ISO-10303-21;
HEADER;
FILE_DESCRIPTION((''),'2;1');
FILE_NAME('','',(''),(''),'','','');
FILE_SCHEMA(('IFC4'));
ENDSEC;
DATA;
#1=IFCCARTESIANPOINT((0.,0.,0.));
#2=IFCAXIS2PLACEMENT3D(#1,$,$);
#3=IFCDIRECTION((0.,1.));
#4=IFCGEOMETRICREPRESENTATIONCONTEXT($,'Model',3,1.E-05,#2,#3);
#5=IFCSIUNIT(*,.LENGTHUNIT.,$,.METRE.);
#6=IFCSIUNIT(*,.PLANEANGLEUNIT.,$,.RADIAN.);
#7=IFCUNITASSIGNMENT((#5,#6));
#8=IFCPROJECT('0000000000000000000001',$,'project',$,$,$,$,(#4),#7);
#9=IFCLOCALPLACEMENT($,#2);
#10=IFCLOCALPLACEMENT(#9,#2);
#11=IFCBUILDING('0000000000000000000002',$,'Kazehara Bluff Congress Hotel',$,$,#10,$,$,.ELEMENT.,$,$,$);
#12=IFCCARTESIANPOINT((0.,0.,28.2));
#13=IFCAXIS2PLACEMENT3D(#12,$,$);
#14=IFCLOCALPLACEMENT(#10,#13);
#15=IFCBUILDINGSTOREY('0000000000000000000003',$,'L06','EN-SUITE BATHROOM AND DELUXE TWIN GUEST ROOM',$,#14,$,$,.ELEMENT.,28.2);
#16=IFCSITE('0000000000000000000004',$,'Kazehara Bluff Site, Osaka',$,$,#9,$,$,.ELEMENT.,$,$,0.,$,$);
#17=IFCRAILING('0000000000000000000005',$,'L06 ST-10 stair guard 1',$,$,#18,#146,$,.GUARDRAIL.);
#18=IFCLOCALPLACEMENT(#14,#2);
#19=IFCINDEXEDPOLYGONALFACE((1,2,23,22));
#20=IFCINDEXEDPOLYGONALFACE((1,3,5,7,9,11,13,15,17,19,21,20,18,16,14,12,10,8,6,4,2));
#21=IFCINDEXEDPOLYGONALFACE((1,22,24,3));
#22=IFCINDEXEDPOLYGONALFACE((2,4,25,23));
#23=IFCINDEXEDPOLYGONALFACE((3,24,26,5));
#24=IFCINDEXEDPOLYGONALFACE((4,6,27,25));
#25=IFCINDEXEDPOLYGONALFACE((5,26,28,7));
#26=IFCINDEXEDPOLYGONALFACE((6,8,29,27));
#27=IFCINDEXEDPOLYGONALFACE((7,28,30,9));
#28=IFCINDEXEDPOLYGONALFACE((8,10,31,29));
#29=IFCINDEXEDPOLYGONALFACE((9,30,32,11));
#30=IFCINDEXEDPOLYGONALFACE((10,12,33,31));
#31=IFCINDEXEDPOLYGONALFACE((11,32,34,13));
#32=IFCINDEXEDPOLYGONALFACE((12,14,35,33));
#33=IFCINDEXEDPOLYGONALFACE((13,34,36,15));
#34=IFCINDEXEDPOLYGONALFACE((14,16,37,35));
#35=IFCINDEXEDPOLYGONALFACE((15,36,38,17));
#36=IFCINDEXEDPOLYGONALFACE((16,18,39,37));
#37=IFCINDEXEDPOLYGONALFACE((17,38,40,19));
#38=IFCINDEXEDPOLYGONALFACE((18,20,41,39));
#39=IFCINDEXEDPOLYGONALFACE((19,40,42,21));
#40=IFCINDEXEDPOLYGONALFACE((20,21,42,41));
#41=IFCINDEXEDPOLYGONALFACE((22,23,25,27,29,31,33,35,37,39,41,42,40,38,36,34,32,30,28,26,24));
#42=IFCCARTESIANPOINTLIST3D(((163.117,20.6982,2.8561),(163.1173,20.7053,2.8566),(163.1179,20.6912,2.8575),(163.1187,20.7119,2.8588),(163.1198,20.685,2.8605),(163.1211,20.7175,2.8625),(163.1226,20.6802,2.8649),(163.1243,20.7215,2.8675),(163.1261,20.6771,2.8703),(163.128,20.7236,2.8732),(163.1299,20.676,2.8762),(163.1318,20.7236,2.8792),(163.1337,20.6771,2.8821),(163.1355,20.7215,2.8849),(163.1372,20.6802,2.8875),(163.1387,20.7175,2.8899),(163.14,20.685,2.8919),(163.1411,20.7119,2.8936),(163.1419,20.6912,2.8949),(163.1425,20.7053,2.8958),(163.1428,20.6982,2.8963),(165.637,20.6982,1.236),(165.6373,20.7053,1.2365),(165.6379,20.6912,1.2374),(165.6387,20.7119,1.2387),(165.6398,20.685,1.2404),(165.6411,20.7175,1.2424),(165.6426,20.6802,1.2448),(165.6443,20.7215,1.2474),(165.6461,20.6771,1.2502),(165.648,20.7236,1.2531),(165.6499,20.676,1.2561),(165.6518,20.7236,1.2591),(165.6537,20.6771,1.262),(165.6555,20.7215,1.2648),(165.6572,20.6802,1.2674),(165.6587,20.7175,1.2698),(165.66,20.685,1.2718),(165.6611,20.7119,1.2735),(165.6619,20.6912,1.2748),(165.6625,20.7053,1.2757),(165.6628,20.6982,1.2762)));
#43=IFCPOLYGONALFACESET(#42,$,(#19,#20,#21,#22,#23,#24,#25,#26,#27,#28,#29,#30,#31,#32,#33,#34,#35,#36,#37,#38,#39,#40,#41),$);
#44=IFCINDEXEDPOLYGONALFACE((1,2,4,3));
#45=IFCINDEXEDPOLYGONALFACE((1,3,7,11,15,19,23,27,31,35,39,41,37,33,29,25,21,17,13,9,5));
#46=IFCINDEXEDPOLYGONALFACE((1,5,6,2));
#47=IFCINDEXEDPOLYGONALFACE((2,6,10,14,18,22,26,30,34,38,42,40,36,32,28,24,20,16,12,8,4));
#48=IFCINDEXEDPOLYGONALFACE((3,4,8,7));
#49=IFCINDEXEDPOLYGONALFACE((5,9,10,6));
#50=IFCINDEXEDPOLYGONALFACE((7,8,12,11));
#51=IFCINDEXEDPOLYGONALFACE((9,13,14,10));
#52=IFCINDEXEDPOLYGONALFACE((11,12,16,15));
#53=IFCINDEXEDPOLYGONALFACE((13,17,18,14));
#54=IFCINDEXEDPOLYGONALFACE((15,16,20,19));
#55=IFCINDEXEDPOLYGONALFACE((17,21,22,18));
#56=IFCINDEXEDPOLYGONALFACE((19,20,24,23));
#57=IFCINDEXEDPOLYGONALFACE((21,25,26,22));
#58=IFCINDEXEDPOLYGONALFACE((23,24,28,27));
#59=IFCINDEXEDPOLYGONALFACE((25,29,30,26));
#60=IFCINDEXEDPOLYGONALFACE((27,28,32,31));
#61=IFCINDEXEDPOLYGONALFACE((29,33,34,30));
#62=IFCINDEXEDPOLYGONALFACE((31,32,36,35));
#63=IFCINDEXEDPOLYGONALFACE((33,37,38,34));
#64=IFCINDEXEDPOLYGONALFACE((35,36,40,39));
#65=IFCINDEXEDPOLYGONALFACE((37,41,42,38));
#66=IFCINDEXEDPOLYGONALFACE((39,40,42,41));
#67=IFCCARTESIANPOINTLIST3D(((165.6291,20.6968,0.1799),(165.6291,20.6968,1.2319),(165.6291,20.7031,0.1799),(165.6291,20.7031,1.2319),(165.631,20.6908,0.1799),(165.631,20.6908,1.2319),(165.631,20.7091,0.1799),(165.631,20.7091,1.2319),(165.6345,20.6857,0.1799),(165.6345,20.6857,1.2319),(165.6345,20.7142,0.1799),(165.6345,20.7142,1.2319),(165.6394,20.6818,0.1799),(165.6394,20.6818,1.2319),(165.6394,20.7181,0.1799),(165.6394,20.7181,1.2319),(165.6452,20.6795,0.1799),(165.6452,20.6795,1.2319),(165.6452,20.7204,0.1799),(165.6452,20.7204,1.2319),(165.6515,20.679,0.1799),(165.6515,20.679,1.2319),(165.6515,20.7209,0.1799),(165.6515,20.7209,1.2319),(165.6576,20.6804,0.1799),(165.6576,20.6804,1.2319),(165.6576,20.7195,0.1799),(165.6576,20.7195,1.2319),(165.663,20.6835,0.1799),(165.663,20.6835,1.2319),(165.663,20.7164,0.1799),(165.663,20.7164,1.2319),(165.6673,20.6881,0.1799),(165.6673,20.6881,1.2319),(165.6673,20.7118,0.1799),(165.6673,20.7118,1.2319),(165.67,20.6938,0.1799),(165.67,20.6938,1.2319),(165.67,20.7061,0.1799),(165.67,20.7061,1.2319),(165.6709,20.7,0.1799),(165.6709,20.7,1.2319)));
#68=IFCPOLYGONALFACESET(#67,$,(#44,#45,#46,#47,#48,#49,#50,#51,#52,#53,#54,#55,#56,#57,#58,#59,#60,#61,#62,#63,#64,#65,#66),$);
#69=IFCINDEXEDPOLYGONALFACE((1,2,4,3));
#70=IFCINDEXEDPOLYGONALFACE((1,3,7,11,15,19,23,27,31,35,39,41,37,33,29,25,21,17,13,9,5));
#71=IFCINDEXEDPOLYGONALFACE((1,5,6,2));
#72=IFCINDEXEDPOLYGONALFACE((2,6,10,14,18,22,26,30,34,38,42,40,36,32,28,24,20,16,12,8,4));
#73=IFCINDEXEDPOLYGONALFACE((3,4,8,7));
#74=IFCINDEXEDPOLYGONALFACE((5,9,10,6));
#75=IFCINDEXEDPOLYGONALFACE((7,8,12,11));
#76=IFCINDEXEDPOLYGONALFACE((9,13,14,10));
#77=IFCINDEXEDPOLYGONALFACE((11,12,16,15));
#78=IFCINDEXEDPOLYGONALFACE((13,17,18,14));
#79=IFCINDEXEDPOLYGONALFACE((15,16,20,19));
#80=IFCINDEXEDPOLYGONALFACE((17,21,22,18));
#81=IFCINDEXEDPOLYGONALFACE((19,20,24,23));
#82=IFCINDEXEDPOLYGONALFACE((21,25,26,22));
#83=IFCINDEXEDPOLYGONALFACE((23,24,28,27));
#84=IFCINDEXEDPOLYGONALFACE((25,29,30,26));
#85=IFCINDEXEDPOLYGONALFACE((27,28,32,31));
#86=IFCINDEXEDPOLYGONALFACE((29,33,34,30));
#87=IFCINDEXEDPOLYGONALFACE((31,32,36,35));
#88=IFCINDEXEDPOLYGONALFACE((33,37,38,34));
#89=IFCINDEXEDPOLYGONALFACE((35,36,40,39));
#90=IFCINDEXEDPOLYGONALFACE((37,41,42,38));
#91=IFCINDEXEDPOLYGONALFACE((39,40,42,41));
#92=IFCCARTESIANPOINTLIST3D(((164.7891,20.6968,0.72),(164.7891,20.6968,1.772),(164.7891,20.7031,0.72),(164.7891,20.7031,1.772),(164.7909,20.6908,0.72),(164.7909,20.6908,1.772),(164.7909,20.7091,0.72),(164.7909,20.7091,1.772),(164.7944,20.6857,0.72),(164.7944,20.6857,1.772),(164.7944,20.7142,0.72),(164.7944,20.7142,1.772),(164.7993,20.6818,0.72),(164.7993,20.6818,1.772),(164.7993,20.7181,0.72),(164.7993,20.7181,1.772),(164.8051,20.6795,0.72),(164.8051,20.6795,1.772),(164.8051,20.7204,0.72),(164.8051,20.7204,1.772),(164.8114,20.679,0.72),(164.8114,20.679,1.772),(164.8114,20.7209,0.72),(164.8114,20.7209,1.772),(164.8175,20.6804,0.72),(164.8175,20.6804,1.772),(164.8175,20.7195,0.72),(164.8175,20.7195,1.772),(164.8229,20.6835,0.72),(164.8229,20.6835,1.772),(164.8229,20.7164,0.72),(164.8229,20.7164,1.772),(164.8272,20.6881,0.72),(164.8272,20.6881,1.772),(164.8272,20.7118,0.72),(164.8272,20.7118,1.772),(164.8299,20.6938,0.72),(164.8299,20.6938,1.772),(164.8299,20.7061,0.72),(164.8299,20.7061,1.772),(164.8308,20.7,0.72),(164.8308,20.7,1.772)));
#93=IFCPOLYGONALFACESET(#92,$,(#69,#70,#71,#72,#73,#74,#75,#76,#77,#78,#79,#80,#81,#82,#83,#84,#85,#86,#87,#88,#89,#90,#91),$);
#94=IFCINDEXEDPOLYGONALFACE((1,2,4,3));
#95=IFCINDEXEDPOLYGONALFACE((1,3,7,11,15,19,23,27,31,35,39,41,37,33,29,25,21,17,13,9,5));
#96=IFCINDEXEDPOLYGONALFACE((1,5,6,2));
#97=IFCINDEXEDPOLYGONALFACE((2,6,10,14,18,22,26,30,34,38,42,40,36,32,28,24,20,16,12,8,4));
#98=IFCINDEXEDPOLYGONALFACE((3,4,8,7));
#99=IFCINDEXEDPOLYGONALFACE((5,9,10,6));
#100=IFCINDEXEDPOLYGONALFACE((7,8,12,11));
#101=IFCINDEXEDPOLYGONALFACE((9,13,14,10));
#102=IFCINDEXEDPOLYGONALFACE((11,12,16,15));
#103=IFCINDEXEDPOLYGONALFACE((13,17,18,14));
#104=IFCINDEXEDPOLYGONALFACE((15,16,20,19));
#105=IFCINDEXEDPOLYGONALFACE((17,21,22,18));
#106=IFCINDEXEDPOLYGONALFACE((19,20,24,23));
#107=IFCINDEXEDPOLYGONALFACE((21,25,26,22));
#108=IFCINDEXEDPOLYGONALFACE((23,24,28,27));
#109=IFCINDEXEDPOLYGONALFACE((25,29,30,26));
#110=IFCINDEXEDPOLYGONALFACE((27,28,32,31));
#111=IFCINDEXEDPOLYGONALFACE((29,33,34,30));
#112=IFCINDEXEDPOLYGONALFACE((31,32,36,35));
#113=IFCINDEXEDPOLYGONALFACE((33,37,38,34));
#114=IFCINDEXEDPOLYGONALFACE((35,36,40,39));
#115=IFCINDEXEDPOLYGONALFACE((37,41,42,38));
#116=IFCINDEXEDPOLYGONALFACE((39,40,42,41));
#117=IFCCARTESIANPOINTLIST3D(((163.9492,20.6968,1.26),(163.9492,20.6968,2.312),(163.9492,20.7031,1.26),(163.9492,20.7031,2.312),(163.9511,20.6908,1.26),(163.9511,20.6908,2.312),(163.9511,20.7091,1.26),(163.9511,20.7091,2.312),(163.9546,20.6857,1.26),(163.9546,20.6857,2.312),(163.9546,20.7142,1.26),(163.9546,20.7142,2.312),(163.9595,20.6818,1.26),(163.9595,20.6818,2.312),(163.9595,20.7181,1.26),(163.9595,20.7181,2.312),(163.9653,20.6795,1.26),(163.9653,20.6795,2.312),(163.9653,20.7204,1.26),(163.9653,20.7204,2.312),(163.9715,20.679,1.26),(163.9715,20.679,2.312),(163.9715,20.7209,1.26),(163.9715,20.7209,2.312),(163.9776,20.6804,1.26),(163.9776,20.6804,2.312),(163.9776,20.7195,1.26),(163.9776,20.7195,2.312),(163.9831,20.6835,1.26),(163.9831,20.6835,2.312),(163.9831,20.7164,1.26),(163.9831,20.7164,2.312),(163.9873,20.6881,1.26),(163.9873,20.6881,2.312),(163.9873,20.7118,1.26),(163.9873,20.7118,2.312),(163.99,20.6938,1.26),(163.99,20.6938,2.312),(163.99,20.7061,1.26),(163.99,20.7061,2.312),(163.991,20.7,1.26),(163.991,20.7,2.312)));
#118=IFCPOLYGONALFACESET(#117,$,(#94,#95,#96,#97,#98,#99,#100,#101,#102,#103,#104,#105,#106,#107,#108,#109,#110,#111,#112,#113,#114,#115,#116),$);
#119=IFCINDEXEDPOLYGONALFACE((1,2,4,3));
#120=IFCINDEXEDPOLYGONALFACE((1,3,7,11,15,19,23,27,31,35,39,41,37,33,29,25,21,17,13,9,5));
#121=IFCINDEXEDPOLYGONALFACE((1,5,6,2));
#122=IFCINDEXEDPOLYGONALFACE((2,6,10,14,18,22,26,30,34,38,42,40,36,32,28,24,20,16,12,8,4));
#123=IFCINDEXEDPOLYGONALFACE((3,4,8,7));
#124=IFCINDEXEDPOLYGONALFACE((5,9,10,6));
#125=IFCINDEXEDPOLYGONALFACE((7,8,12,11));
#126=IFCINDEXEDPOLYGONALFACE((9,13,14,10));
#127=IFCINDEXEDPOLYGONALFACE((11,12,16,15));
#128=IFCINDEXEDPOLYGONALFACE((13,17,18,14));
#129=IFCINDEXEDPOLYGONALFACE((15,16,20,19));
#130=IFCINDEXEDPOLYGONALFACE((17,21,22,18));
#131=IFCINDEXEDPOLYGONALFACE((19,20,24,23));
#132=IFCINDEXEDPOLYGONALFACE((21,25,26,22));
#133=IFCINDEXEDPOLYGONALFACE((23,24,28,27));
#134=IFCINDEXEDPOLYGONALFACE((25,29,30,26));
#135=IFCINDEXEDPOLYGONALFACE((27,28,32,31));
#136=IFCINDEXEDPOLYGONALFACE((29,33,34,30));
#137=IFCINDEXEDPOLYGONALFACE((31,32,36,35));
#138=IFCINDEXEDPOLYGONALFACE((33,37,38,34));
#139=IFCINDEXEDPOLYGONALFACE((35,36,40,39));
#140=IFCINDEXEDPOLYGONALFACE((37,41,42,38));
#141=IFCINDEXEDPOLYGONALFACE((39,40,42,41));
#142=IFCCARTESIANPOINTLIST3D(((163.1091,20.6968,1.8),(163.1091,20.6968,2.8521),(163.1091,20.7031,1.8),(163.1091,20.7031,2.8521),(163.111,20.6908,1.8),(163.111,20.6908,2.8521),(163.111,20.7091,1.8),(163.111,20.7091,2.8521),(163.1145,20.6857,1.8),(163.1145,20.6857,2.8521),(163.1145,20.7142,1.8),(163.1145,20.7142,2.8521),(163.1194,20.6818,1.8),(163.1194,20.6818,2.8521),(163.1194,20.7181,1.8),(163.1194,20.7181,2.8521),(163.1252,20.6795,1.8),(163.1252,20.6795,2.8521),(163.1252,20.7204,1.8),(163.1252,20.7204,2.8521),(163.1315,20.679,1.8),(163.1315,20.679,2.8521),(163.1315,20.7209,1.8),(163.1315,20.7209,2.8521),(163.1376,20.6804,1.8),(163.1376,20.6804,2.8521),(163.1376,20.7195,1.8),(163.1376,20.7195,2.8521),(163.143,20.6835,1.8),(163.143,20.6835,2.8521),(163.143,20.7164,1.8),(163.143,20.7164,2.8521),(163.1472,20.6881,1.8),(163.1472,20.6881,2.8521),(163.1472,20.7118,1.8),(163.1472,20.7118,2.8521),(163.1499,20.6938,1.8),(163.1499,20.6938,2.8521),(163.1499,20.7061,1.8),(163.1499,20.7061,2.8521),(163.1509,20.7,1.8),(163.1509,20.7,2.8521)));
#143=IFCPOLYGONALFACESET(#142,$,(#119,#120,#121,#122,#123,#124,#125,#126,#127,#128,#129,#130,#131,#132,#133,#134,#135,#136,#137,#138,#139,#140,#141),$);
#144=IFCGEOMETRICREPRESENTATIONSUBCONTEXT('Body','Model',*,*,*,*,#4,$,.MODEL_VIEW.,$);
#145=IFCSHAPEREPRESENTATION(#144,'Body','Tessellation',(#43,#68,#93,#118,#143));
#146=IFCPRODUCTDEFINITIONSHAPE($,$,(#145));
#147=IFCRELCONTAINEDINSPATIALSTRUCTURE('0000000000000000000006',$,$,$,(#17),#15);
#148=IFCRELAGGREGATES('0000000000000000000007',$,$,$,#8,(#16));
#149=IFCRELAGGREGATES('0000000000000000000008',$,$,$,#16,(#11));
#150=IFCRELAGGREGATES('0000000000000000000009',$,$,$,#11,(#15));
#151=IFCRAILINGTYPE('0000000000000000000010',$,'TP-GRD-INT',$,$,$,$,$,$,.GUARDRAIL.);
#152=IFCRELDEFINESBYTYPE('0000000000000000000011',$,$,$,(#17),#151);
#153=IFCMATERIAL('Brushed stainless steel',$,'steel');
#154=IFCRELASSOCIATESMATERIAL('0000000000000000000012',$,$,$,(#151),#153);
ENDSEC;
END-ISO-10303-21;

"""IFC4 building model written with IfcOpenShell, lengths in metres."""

from ifc_helpers import new_model, si_unit, direction, frame, origin, origin_2d, place, context, subcontext, project, spatial, circle, extrude, material, type_object, element, save


model = new_model("IFC4")

# Units and contexts
model_context = context("Model", 3, precision=1e-05, world=origin(), true_north=direction((0.0, 1.0)))
body_context = subcontext(model_context, "Body", "Model", "MODEL_VIEW")
ifc_project = project(units=[si_unit("LENGTHUNIT", "METRE"), si_unit("PLANEANGLEUNIT", "RADIAN")], contexts=[model_context])

# Site, building, storey
site_placement = place(None, origin())
site = spatial("IfcSite", under=ifc_project, at=site_placement, Name="Kazehara Bluff Site, Osaka", CompositionType="ELEMENT", RefElevation=0.0)
building_placement = place(site_placement, origin())
building = spatial("IfcBuilding", under=site, at=building_placement, Name="Kazehara Bluff Congress Hotel", CompositionType="ELEMENT")
storey_placement = place(building_placement, frame((0.0, 0.0, 28.2)))
storey = spatial("IfcBuildingStorey", under=building, at=storey_placement, Name="L06", Description="EN-SUITE BATHROOM AND DELUXE TWIN GUEST ROOM", CompositionType="ELEMENT", Elevation=28.2)

# Railing
ifc_material_1 = material(Name="Brushed stainless steel", Category="steel")
railing_type_1 = type_object("IfcRailingType", Name="TP-GRD-INT", PredefinedType="GUARDRAIL", material=ifc_material_1)
railing_1_placement = place(storey_placement, frame((165.6499, 20.7, 0.1799)))
element("IfcRailing", 1, at=railing_1_placement, inside=storey, type_object=railing_type_1, Name="L06 ST-10 stair guard 1", PredefinedType="GUARDRAIL", context=body_context, shape_type="SweptSolid", body=[
    extrude(circle(Radius=0.0239, at=origin_2d()), frame((0.0, 0.0, 1.0762), z_axis=(-0.841163, 0.0, 0.540782), x_axis=(0.0, -1.0, 0.0)), (0.0, 0.0, 1.0), 2.9958),
    extrude(circle(Radius=0.021, at=origin_2d()), origin(), (0.0, 0.0, 1.0), 1.052),
    extrude(circle(Radius=0.021, at=origin_2d()), frame((-0.8401, 0.0, 0.54)), (0.0, 0.0, 1.0), 1.052),
    extrude(circle(Radius=0.021, at=origin_2d()), frame((-1.6799, 0.0, 1.0801)), (0.0, 0.0, 1.0), 1.052),
    extrude(circle(Radius=0.021, at=origin_2d()), frame((-2.52, 0.0, 1.6201)), (0.0, 0.0, 1.0), 1.052),
])

save(model, "model.ifc")
